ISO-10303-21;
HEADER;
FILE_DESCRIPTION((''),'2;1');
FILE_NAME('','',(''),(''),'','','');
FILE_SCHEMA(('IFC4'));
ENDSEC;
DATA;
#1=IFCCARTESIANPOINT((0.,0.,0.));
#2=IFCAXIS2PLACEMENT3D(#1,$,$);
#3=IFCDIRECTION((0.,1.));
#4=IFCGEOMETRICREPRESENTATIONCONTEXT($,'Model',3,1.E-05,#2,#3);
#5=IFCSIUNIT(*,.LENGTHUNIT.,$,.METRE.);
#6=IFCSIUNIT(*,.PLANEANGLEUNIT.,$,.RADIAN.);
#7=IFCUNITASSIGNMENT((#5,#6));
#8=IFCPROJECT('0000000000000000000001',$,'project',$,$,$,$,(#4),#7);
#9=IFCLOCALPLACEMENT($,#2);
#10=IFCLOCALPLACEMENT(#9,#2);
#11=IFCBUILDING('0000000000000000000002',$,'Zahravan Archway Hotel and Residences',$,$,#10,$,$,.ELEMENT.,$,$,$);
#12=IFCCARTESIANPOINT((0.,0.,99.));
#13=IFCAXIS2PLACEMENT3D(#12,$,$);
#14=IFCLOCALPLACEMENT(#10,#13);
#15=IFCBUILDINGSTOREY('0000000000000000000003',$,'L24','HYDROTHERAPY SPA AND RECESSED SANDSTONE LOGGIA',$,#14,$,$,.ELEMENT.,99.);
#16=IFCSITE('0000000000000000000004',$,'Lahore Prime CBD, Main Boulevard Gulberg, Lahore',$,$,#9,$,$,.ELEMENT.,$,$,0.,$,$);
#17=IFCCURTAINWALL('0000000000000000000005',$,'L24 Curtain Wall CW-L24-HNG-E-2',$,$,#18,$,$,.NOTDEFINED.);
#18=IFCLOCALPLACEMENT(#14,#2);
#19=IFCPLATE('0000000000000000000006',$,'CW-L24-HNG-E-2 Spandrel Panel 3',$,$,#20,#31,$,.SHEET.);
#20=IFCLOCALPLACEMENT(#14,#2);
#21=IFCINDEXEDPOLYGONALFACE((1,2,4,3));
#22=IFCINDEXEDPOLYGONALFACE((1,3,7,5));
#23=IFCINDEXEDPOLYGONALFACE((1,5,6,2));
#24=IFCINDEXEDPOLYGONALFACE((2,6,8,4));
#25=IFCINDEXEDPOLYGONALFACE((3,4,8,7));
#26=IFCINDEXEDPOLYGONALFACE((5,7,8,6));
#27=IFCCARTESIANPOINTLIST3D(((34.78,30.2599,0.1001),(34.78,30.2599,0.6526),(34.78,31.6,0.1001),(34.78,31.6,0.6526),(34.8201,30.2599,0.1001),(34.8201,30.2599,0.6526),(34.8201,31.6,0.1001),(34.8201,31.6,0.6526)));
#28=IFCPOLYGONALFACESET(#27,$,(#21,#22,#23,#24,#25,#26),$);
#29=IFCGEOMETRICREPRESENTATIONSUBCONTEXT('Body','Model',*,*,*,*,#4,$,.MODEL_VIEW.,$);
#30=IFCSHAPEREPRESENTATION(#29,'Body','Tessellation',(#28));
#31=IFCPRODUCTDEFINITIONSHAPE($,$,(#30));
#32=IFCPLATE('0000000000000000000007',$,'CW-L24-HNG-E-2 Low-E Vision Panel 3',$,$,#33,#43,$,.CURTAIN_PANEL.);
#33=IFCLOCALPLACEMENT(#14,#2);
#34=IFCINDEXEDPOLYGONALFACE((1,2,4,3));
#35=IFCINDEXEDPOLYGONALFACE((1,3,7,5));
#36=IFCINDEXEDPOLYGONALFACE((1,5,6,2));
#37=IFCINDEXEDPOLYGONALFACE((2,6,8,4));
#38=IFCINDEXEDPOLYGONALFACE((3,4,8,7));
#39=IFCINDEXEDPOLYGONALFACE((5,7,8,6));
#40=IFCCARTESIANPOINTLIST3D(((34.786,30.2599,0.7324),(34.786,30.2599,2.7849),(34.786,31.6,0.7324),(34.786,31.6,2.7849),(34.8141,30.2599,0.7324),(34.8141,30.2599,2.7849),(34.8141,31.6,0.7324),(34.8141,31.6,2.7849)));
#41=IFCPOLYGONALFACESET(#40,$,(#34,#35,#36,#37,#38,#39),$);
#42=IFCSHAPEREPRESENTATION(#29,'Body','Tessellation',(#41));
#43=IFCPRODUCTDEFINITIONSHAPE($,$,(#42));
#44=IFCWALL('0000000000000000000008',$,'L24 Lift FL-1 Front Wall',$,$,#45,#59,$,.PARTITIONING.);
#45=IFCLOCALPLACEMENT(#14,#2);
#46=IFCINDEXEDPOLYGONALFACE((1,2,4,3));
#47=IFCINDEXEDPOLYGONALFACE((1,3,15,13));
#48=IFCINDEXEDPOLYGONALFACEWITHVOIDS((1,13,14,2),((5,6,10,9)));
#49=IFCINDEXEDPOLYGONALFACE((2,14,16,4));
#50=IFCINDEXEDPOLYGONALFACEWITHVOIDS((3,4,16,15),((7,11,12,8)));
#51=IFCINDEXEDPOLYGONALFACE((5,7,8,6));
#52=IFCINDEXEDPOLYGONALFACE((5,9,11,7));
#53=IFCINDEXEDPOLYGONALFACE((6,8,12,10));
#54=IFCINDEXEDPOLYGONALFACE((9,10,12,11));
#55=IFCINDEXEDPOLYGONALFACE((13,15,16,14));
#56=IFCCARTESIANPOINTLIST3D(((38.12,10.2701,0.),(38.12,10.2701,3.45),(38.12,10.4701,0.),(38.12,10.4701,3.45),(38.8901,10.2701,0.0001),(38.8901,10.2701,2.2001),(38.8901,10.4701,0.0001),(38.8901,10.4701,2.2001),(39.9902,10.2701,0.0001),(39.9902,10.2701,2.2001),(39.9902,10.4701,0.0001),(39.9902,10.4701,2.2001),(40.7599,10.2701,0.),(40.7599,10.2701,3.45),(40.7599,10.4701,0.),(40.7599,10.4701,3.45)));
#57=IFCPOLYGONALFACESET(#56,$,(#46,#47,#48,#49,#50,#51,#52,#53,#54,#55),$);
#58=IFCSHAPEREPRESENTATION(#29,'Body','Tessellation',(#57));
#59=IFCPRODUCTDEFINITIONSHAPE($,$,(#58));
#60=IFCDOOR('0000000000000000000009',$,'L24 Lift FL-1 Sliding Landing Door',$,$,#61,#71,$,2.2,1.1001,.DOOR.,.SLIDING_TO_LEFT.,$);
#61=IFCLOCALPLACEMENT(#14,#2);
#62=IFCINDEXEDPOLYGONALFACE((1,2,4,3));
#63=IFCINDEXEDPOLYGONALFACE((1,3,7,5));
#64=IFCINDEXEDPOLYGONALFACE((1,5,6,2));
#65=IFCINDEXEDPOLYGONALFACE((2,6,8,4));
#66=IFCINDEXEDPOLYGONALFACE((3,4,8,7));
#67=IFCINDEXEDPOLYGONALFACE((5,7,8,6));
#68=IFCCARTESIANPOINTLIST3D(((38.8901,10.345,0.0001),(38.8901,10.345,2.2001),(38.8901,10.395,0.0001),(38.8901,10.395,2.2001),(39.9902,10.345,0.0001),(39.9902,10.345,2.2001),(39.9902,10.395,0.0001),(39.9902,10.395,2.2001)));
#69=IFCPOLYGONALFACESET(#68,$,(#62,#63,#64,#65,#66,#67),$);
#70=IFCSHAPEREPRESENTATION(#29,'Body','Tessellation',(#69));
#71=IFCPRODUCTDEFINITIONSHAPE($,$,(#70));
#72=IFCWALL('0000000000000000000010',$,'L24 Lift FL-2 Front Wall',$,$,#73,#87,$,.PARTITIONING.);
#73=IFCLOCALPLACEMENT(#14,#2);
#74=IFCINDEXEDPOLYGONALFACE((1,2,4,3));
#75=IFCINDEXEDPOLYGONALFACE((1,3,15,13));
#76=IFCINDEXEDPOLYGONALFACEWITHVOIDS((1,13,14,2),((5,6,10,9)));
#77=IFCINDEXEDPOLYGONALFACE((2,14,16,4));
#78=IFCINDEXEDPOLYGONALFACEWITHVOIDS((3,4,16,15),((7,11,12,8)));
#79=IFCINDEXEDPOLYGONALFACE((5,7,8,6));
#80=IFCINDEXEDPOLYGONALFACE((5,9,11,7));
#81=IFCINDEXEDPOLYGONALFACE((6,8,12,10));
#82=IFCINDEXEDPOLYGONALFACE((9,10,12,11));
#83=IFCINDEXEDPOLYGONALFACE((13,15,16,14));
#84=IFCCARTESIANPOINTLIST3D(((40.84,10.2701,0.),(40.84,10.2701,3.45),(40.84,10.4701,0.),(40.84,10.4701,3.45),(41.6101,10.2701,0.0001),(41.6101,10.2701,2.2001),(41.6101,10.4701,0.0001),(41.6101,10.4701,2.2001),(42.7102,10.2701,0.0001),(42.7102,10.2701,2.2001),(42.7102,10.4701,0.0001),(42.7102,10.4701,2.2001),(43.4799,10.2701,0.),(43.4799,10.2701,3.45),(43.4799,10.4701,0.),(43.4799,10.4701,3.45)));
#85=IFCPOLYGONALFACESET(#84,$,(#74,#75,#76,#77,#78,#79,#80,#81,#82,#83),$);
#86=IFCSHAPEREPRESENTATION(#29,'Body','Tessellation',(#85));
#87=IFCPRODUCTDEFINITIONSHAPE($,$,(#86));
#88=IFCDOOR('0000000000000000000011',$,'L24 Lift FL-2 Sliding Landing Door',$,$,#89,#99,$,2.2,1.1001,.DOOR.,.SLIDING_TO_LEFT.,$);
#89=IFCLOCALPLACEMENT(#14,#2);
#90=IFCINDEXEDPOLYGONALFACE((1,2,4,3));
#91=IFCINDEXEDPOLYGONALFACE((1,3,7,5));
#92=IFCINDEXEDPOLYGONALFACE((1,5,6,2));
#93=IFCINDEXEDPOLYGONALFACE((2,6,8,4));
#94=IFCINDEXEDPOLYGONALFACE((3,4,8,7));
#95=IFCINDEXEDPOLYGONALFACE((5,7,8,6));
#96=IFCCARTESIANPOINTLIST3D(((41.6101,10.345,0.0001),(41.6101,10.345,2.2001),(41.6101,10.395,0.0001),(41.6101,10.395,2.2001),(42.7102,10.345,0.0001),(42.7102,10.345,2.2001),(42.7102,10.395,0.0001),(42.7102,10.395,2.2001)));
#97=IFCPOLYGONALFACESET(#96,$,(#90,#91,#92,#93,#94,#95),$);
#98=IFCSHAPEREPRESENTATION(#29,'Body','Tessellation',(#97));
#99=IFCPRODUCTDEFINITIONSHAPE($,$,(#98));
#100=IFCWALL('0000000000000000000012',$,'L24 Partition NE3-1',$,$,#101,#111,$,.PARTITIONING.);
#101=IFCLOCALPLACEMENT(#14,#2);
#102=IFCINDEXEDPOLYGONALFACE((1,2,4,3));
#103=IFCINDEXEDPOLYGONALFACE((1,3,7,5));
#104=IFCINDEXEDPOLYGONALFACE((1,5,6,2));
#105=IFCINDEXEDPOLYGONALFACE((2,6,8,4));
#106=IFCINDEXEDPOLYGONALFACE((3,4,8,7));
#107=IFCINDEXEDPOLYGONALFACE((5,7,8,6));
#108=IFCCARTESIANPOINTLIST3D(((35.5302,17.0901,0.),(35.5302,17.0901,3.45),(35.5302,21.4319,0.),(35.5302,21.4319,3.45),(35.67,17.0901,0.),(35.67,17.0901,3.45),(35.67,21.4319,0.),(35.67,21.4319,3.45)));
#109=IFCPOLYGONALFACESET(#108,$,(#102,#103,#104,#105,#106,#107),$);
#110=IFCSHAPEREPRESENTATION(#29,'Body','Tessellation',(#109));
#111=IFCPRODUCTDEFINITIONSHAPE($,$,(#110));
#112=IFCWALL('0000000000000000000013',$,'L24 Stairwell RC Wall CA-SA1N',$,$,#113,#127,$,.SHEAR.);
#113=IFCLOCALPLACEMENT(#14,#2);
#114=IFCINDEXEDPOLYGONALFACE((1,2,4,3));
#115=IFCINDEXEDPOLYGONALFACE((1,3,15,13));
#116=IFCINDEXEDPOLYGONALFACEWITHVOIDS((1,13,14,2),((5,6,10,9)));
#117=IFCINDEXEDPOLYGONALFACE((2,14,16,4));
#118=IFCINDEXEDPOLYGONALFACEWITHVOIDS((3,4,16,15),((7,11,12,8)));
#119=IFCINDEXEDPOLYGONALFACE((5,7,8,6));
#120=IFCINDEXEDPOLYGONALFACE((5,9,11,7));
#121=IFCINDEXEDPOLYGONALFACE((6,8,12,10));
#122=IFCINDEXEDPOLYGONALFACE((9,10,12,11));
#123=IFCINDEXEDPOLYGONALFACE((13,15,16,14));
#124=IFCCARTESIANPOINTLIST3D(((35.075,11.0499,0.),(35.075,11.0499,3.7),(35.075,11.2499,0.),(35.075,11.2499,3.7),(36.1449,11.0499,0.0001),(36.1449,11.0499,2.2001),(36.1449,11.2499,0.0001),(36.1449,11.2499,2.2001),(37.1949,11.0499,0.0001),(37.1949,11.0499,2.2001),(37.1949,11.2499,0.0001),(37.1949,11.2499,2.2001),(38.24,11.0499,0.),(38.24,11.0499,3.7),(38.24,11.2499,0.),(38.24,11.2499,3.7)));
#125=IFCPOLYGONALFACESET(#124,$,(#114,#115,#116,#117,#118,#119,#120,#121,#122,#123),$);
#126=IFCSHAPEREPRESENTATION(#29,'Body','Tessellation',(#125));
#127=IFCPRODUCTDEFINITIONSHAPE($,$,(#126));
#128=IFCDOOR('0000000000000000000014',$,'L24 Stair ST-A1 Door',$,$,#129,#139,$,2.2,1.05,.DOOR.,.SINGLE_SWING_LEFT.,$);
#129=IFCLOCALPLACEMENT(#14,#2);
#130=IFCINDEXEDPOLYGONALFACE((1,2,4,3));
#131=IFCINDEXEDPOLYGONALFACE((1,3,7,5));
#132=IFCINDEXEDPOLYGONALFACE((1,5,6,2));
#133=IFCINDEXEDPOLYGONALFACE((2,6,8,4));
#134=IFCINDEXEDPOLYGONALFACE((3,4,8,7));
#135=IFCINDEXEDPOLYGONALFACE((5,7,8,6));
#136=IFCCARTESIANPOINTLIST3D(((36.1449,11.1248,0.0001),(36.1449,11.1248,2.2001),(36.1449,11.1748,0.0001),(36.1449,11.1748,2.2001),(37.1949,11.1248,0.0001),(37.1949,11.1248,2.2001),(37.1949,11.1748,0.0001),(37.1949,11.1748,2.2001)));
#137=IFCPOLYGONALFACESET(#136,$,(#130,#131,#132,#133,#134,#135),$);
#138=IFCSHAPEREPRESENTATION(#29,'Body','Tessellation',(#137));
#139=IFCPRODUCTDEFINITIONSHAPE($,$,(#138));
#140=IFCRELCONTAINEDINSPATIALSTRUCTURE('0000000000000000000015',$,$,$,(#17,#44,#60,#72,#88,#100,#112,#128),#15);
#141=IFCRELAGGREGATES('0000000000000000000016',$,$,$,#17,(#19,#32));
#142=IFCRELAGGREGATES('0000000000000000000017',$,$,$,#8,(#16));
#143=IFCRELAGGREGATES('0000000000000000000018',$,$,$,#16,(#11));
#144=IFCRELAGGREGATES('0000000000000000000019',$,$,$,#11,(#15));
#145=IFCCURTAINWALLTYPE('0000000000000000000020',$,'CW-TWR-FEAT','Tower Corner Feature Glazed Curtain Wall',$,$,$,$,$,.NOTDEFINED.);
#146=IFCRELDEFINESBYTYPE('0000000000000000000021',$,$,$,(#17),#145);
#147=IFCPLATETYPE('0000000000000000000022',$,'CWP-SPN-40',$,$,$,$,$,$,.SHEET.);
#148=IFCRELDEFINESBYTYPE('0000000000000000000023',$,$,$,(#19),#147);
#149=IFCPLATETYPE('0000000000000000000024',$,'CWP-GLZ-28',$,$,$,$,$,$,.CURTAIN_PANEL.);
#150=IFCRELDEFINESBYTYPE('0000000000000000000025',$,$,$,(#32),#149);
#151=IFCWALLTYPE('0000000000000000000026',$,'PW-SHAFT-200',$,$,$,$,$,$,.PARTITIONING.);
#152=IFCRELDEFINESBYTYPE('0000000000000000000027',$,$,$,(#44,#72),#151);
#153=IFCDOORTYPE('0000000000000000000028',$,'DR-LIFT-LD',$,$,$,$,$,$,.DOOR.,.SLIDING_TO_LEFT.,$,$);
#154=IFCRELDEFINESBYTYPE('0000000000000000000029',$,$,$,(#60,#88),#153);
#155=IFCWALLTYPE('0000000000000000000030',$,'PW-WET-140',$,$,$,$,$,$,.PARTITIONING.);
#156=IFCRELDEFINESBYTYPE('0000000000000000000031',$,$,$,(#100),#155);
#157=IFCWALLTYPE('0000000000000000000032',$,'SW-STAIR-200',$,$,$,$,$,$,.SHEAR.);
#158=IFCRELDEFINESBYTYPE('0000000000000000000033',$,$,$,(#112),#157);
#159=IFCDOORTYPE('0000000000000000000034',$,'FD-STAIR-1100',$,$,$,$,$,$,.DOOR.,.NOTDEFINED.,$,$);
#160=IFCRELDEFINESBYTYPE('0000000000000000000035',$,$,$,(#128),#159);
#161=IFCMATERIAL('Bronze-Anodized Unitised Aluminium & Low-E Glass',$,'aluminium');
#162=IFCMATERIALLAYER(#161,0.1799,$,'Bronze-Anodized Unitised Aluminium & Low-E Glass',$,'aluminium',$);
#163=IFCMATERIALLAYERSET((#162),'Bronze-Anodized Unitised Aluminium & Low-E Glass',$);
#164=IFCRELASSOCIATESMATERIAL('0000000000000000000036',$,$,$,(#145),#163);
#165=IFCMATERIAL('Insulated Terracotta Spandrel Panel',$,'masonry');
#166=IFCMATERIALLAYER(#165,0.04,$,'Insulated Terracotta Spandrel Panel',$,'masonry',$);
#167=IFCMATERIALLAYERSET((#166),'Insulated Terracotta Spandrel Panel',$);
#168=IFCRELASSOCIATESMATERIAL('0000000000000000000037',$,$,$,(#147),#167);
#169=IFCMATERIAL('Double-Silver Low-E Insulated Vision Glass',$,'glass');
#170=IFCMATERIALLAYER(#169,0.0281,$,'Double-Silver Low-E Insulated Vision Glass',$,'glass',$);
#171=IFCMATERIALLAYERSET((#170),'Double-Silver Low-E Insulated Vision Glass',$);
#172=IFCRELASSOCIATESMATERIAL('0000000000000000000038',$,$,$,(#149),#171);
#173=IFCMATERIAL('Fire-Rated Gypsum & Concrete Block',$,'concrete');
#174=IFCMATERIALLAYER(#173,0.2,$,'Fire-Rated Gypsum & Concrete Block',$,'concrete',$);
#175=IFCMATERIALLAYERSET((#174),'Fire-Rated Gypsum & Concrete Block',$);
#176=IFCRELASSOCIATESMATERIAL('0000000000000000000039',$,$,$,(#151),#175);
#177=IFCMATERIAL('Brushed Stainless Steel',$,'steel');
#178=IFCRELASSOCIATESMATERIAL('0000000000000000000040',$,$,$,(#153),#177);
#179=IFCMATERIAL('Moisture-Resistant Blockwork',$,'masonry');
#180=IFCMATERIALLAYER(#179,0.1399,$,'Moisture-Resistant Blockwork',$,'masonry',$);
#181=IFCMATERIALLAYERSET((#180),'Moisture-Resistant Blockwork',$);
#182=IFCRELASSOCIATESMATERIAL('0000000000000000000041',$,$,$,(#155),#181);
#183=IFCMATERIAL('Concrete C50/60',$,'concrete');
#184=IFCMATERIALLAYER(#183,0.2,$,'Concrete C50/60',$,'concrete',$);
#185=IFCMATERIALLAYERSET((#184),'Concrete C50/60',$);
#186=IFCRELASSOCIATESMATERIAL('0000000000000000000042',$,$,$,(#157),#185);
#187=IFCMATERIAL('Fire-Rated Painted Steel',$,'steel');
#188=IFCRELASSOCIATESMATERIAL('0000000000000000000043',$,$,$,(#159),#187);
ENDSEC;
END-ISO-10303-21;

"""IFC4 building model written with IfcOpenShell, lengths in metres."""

from ifc_helpers import new_model, si_unit, direction, frame, frame_2d, origin, origin_2d, place, context, subcontext, project, spatial, rectangle, extrude, source, transform, mapped, material, layer, layer_set, type_object, type_shapes, element, fill, aggregate, save


model = new_model("IFC4")

# Units and contexts
model_context = context("Model", 3, precision=1e-05, world=origin(), true_north=direction((0.0, 1.0)))
body_context = subcontext(model_context, "Body", "Model", "MODEL_VIEW")
ifc_project = project(units=[si_unit("LENGTHUNIT", "METRE"), si_unit("PLANEANGLEUNIT", "RADIAN")], contexts=[model_context])

# Site, building, storey
site_placement = place(None, origin())
site = spatial("IfcSite", under=ifc_project, at=site_placement, Name="Lahore Prime CBD, Main Boulevard Gulberg, Lahore", CompositionType="ELEMENT", RefElevation=0.0)
building_placement = place(site_placement, origin())
building = spatial("IfcBuilding", under=site, at=building_placement, Name="Zahravan Archway Hotel and Residences", CompositionType="ELEMENT")
storey_placement = place(building_placement, frame((0.0, 0.0, 99.0)))
storey = spatial("IfcBuildingStorey", under=building, at=storey_placement, Name="L24", Description="HYDROTHERAPY SPA AND RECESSED SANDSTONE LOGGIA", CompositionType="ELEMENT", Elevation=99.0)

# Curtain wall, plates
ifc_material_1 = material(Name="Bronze-Anodized Unitised Aluminium & Low-E Glass", Category="aluminium")
ifc_layer_1 = layer(ifc_material_1, 0.1799, Name="Bronze-Anodized Unitised Aluminium & Low-E Glass", Category="aluminium")
ifc_layer_set_1 = layer_set([ifc_layer_1], Name="Bronze-Anodized Unitised Aluminium & Low-E Glass")
curtain_wall_type = type_object("IfcCurtainWallType", Name="CW-TWR-FEAT", Description="Tower Corner Feature Glazed Curtain Wall", PredefinedType="NOTDEFINED", material=ifc_layer_set_1)
curtain_wall_placement = place(storey_placement, origin())
curtain_wall = element("IfcCurtainWall", 1, at=curtain_wall_placement, inside=storey, type_object=curtain_wall_type, Name="L24 Curtain Wall CW-L24-HNG-E-2", PredefinedType="NOTDEFINED")
ifc_material_2 = material(Name="Insulated Terracotta Spandrel Panel", Category="masonry")
ifc_layer_2 = layer(ifc_material_2, 0.04, Name="Insulated Terracotta Spandrel Panel", Category="masonry")
ifc_layer_set_2 = layer_set([ifc_layer_2], Name="Insulated Terracotta Spandrel Panel")
plate_type_1 = type_object("IfcPlateType", Name="CWP-SPN-40", PredefinedType="SHEET", material=ifc_layer_set_2)
shared_shape_1 = source(origin(), body_context, "Body", "SweptSolid", [
    extrude(rectangle(XDim=1.3401, YDim=0.04, at=origin_2d()), origin(), (0.0, 0.0, 1.0), 0.5525),
])
plate_1_placement = place(storey_placement, frame((34.8, 30.9299, 0.1001), z_axis=(0.0, 0.0, 1.0), x_axis=(0.0, 1.0, 0.0)))
plate_1 = element("IfcPlate", 2, at=plate_1_placement, type_object=plate_type_1, Name="CW-L24-HNG-E-2 Spandrel Panel 3", PredefinedType="SHEET", context=body_context, shape_type="MappedRepresentation", body=[
    mapped(shared_shape_1, transform((0.0, 0.0, 0.0), scale=1.0)),
])
ifc_material_3 = material(Name="Double-Silver Low-E Insulated Vision Glass", Category="glass")
ifc_layer_3 = layer(ifc_material_3, 0.0281, Name="Double-Silver Low-E Insulated Vision Glass", Category="glass")
ifc_layer_set_3 = layer_set([ifc_layer_3], Name="Double-Silver Low-E Insulated Vision Glass")
plate_type_2 = type_object("IfcPlateType", Name="CWP-GLZ-28", PredefinedType="CURTAIN_PANEL", material=ifc_layer_set_3)
shared_shape_2 = source(origin(), body_context, "Body", "SweptSolid", [
    extrude(rectangle(XDim=1.3401, YDim=0.0281, at=origin_2d()), origin(), (0.0, 0.0, 1.0), 2.0525),
])
plate_2_placement = place(storey_placement, frame((34.8, 30.9299, 0.7324), z_axis=(0.0, 0.0, 1.0), x_axis=(0.0, 1.0, 0.0)))
plate_2 = element("IfcPlate", 3, at=plate_2_placement, type_object=plate_type_2, Name="CW-L24-HNG-E-2 Low-E Vision Panel 3", PredefinedType="CURTAIN_PANEL", context=body_context, shape_type="MappedRepresentation", body=[
    mapped(shared_shape_2, transform((0.0, 0.0, 0.0), scale=1.0)),
])
aggregate(curtain_wall, [plate_1, plate_2])

# Walls, openings, doors
ifc_material_4 = material(Name="Fire-Rated Gypsum & Concrete Block", Category="concrete")
ifc_material_5 = material(Name="Fire-Rated Painted Steel", Category="steel")
ifc_layer_4 = layer(ifc_material_4, 0.2, Name="Fire-Rated Gypsum & Concrete Block", Category="concrete")
ifc_layer_set_4 = layer_set([ifc_layer_4], Name="Fire-Rated Gypsum & Concrete Block")
wall_type_1 = type_object("IfcWallType", Name="PW-SHAFT-200", PredefinedType="PARTITIONING", material=ifc_layer_set_4)
wall_1_placement = place(storey_placement, frame((38.1201, 10.3701, 0.0), z_axis=(0.0, 0.0, 1.0), x_axis=(1.0, 0.0, 0.0)))
wall_1 = element("IfcWall", 4, at=wall_1_placement, inside=storey, type_object=wall_type_1, Name="L24 Lift FL-1 Front Wall", PredefinedType="PARTITIONING", context=body_context, shape_type="SweptSolid", body=[
    extrude(rectangle(XDim=2.6399, YDim=0.2, at=frame_2d((1.3198, 0.0))), origin(), (0.0, 0.0, 1.0), 3.45),
])
opening_1_placement = place(wall_1_placement, frame((0.77, 0.0, 0.0)))
opening_1 = element("IfcOpeningElement", 5, at=opening_1_placement, cuts=wall_1, PredefinedType="OPENING", context=body_context, shape_type="SweptSolid", body=[
    extrude(rectangle(XDim=1.1001, YDim=2.2, at=frame_2d((0.55, 1.1001))), frame((0.0, 0.1099, 0.0), z_axis=(0.0, -1.0, 0.0), x_axis=(1.0, 0.0, 0.0)), (0.0, 0.0, 1.0), 0.22),
])
ifc_material_6 = material(Name="Brushed Stainless Steel", Category="steel")
door_type_1 = type_object("IfcDoorType", Name="DR-LIFT-LD", OperationType="SLIDING_TO_LEFT", PredefinedType="DOOR", material=ifc_material_6)
shared_shape_3 = source(origin(), body_context, "Body", "SweptSolid", [
    extrude(rectangle(XDim=1.1001, YDim=2.2, at=frame_2d((0.55, 1.1001))), frame((0.0, 0.0249, 0.0), z_axis=(0.0, -1.0, 0.0), x_axis=(1.0, 0.0, 0.0)), (0.0, 0.0, 1.0), 0.05),
])
type_shapes(door_type_1, [shared_shape_3])
door_1_placement = place(opening_1_placement, origin())
door_1 = element("IfcDoor", 6, at=door_1_placement, inside=storey, type_object=door_type_1, Name="L24 Lift FL-1 Sliding Landing Door", OperationType="SLIDING_TO_LEFT", OverallHeight=2.2, OverallWidth=1.1001, PredefinedType="DOOR", context=body_context, shape_type="MappedRepresentation", body=[
    mapped(shared_shape_3, transform((0.0, 0.0, 0.0), scale=1.0)),
])
fill(opening_1, door_1)
wall_2_placement = place(storey_placement, frame((40.8401, 10.3701, 0.0), z_axis=(0.0, 0.0, 1.0), x_axis=(1.0, 0.0, 0.0)))
wall_2 = element("IfcWall", 7, at=wall_2_placement, inside=storey, type_object=wall_type_1, Name="L24 Lift FL-2 Front Wall", PredefinedType="PARTITIONING", context=body_context, shape_type="SweptSolid", body=[
    extrude(rectangle(XDim=2.6399, YDim=0.2, at=frame_2d((1.3198, 0.0))), origin(), (0.0, 0.0, 1.0), 3.45),
])
opening_2_placement = place(wall_2_placement, frame((0.77, 0.0, 0.0)))
opening_2 = element("IfcOpeningElement", 8, at=opening_2_placement, cuts=wall_2, PredefinedType="OPENING", context=body_context, shape_type="SweptSolid", body=[
    extrude(rectangle(XDim=1.1001, YDim=2.2, at=frame_2d((0.55, 1.1001))), frame((0.0, 0.1099, 0.0), z_axis=(0.0, -1.0, 0.0), x_axis=(1.0, 0.0, 0.0)), (0.0, 0.0, 1.0), 0.22),
])
door_2_placement = place(opening_2_placement, origin())
door_2 = element("IfcDoor", 9, at=door_2_placement, inside=storey, type_object=door_type_1, Name="L24 Lift FL-2 Sliding Landing Door", OperationType="SLIDING_TO_LEFT", OverallHeight=2.2, OverallWidth=1.1001, PredefinedType="DOOR", context=body_context, shape_type="MappedRepresentation", body=[
    mapped(shared_shape_3, transform((0.0, 0.0, 0.0), scale=1.0)),
])
fill(opening_2, door_2)

# Wall
ifc_material_7 = material(Name="Moisture-Resistant Blockwork", Category="masonry")
ifc_layer_5 = layer(ifc_material_7, 0.1399, Name="Moisture-Resistant Blockwork", Category="masonry")
ifc_layer_set_5 = layer_set([ifc_layer_5], Name="Moisture-Resistant Blockwork")
wall_type_2 = type_object("IfcWallType", Name="PW-WET-140", PredefinedType="PARTITIONING", material=ifc_layer_set_5)
wall_3_placement = place(storey_placement, frame((35.6001, 17.0901, 0.0), z_axis=(0.0, 0.0, 1.0), x_axis=(0.0, 1.0, 0.0)))
element("IfcWall", 10, at=wall_3_placement, inside=storey, type_object=wall_type_2, Name="L24 Partition NE3-1", PredefinedType="PARTITIONING", context=body_context, shape_type="SweptSolid", body=[
    extrude(rectangle(XDim=4.3418, YDim=0.1399, at=frame_2d((2.1709, 0.0))), origin(), (0.0, 0.0, 1.0), 3.45),
])

# Wall, opening, door
ifc_material_8 = material(Name="Concrete C50/60", Category="concrete")
ifc_layer_6 = layer(ifc_material_8, 0.2, Name="Concrete C50/60", Category="concrete")
ifc_layer_set_6 = layer_set([ifc_layer_6], Name="Concrete C50/60")
wall_type_3 = type_object("IfcWallType", Name="SW-STAIR-200", PredefinedType="SHEAR", material=ifc_layer_set_6)
wall_4_placement = place(storey_placement, frame((35.075, 11.1499, 0.0), z_axis=(0.0, 0.0, 1.0), x_axis=(1.0, 0.0, 0.0)))
wall_4 = element("IfcWall", 11, at=wall_4_placement, inside=storey, type_object=wall_type_3, Name="L24 Stairwell RC Wall CA-SA1N", PredefinedType="SHEAR", context=body_context, shape_type="SweptSolid", body=[
    extrude(rectangle(XDim=3.165, YDim=0.2, at=frame_2d((1.5825, 0.0))), origin(), (0.0, 0.0, 1.0), 3.7),
])
opening_3_placement = place(wall_4_placement, frame((1.0701, 0.0, 0.0)))
opening_3 = element("IfcOpeningElement", 12, at=opening_3_placement, cuts=wall_4, PredefinedType="OPENING", context=body_context, shape_type="SweptSolid", body=[
    extrude(rectangle(XDim=1.05, YDim=2.2, at=frame_2d((0.5249, 1.1001))), frame((0.0, 0.1099, 0.0), z_axis=(0.0, -1.0, 0.0), x_axis=(1.0, 0.0, 0.0)), (0.0, 0.0, 1.0), 0.22),
])
door_type_2 = type_object("IfcDoorType", Name="FD-STAIR-1100", OperationType="NOTDEFINED", PredefinedType="DOOR", material=ifc_material_5)
shared_shape_4 = source(origin(), body_context, "Body", "SweptSolid", [
    extrude(rectangle(XDim=1.05, YDim=2.2, at=frame_2d((0.5249, 1.1001))), frame((0.0, 0.0249, 0.0), z_axis=(0.0, -1.0, 0.0), x_axis=(1.0, 0.0, 0.0)), (0.0, 0.0, 1.0), 0.05),
])
type_shapes(door_type_2, [shared_shape_4])
door_3_placement = place(opening_3_placement, origin())
door_3 = element("IfcDoor", 13, at=door_3_placement, inside=storey, type_object=door_type_2, Name="L24 Stair ST-A1 Door", OperationType="SINGLE_SWING_LEFT", OverallHeight=2.2, OverallWidth=1.05, PredefinedType="DOOR", context=body_context, shape_type="MappedRepresentation", body=[
    mapped(shared_shape_4, transform((0.0, 0.0, 0.0), scale=1.0)),
])
fill(opening_3, door_3)

save(model, "model.ifc")
